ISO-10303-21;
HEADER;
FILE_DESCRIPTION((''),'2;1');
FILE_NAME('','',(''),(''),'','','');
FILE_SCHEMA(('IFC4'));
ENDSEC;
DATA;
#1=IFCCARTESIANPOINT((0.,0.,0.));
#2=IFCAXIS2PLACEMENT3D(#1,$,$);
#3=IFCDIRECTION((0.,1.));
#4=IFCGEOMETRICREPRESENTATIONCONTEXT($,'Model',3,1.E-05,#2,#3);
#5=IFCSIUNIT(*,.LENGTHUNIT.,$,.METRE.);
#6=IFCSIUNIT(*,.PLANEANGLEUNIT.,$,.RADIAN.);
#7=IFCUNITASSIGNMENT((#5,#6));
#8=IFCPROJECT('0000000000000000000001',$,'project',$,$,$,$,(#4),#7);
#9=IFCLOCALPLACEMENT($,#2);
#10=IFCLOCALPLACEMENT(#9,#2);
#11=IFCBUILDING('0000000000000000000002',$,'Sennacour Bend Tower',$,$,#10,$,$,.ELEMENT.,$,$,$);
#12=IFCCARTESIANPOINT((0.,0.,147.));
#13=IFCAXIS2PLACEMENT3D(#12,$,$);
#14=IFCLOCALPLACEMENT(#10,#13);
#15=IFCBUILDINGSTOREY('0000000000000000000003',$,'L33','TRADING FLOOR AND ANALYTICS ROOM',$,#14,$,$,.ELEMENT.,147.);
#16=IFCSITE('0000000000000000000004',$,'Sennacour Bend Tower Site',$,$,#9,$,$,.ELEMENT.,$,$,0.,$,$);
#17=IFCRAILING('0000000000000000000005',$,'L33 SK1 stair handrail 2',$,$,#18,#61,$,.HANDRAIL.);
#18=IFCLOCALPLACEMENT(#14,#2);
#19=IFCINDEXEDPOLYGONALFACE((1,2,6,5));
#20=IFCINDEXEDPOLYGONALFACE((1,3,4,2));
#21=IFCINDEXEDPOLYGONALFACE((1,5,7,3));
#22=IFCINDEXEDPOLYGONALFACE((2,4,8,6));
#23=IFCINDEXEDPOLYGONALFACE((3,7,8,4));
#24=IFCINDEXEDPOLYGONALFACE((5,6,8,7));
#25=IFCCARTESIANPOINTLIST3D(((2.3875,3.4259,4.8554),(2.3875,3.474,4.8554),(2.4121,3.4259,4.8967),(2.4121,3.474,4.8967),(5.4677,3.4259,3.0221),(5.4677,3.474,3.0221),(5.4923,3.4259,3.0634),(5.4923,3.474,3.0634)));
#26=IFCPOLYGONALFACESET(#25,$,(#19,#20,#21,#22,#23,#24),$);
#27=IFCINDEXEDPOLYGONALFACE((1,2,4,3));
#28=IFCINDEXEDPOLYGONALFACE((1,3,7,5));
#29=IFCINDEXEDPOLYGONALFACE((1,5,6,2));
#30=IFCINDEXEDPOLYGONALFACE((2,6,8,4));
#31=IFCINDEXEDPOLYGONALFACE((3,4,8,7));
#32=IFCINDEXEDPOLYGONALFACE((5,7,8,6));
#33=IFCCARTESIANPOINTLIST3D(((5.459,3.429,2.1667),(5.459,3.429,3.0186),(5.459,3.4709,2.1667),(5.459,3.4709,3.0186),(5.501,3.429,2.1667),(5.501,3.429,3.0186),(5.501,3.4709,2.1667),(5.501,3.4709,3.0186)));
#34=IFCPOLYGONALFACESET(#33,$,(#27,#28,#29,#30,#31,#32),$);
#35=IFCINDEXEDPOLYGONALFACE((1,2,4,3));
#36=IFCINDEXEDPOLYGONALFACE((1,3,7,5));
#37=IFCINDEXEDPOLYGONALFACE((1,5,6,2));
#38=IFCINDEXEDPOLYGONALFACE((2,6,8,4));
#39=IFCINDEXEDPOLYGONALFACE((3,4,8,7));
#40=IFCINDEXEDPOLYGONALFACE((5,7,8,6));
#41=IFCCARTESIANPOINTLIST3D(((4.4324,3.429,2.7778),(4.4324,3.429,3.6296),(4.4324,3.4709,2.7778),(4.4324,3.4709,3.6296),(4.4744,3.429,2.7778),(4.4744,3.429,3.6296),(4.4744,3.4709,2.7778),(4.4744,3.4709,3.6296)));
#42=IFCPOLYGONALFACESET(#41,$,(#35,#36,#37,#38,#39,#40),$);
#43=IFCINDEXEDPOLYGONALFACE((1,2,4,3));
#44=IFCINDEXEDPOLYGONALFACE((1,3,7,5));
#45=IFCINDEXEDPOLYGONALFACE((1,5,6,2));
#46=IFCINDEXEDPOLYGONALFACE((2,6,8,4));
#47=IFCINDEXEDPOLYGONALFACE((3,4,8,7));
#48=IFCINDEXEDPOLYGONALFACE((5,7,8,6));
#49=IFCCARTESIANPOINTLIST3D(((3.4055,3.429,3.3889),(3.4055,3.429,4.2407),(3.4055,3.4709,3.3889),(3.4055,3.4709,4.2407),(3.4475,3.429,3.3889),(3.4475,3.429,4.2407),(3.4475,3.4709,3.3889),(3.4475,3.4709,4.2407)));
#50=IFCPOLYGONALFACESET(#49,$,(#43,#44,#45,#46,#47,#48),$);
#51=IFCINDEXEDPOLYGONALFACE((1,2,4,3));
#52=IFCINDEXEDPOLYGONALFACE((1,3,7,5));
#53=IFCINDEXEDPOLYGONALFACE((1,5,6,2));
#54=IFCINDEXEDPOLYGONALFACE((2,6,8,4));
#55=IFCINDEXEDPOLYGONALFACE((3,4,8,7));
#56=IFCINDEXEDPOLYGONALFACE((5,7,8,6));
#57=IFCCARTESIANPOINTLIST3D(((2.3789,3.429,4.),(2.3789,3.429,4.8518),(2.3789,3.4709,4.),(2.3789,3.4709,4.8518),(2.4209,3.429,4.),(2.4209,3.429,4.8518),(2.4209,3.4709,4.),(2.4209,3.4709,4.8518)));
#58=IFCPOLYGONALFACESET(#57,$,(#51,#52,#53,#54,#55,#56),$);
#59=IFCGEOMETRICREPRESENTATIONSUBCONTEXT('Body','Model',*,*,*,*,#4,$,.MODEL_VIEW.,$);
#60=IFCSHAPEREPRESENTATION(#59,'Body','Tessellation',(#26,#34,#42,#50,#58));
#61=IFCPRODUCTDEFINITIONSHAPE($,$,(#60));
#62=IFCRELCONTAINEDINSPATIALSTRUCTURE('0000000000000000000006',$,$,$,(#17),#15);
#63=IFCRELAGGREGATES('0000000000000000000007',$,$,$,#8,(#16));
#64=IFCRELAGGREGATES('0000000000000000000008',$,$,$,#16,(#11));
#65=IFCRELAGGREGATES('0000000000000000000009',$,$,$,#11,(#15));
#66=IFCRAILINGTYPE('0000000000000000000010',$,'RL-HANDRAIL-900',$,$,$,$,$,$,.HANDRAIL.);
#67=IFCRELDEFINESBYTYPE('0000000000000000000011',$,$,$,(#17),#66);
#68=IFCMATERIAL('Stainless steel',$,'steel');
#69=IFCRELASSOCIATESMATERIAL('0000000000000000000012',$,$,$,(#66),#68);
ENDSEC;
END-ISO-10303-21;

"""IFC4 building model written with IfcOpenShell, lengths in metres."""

from ifc_helpers import new_model, si_unit, direction, frame, origin, origin_2d, place, context, subcontext, project, spatial, rectangle, extrude, material, type_object, element, save


model = new_model("IFC4")

# Units and contexts
model_context = context("Model", 3, precision=1e-05, world=origin(), true_north=direction((0.0, 1.0)))
body_context = subcontext(model_context, "Body", "Model", "MODEL_VIEW")
ifc_project = project(units=[si_unit("LENGTHUNIT", "METRE"), si_unit("PLANEANGLEUNIT", "RADIAN")], contexts=[model_context])

# Site, building, storey
site_placement = place(None, origin())
site = spatial("IfcSite", under=ifc_project, at=site_placement, Name="Sennacour Bend Tower Site", CompositionType="ELEMENT", RefElevation=0.0)
building_placement = place(site_placement, origin())
building = spatial("IfcBuilding", under=site, at=building_placement, Name="Sennacour Bend Tower", CompositionType="ELEMENT")
storey_placement = place(building_placement, frame((0.0, 0.0, 147.0)))
storey = spatial("IfcBuildingStorey", under=building, at=storey_placement, Name="L33", Description="TRADING FLOOR AND ANALYTICS ROOM", CompositionType="ELEMENT", Elevation=147.0)

# Railing
ifc_material_1 = material(Name="Stainless steel", Category="steel")
railing_type_1 = type_object("IfcRailingType", Name="RL-HANDRAIL-900", PredefinedType="HANDRAIL", material=ifc_material_1)
railing_1_placement = place(storey_placement, frame((5.48, 3.45, 2.1667)))
element("IfcRailing", 1, at=railing_1_placement, inside=storey, type_object=railing_type_1, Name="L33 SK1 stair handrail 2", PredefinedType="HANDRAIL", context=body_context, shape_type="SweptSolid", body=[
    extrude(rectangle(XDim=0.0481, YDim=0.0481, at=origin_2d()), frame((0.0, 0.0, 0.876), z_axis=(-0.859309, 0.0, 0.511458), x_axis=(0.0, -1.0, 0.0)), (0.0, 0.0, 1.0), 3.5845),
    extrude(rectangle(XDim=0.042, YDim=0.042, at=origin_2d()), origin(), (0.0, 0.0, 1.0), 0.8518),
    extrude(rectangle(XDim=0.042, YDim=0.042, at=origin_2d()), frame((-1.0266, 0.0, 0.6111)), (0.0, 0.0, 1.0), 0.8518),
    extrude(rectangle(XDim=0.042, YDim=0.042, at=origin_2d()), frame((-2.0535, 0.0, 1.2222)), (0.0, 0.0, 1.0), 0.8518),
    extrude(rectangle(XDim=0.042, YDim=0.042, at=origin_2d()), frame((-3.0801, 0.0, 1.8333)), (0.0, 0.0, 1.0), 0.8518),
])

save(model, "model.ifc")
